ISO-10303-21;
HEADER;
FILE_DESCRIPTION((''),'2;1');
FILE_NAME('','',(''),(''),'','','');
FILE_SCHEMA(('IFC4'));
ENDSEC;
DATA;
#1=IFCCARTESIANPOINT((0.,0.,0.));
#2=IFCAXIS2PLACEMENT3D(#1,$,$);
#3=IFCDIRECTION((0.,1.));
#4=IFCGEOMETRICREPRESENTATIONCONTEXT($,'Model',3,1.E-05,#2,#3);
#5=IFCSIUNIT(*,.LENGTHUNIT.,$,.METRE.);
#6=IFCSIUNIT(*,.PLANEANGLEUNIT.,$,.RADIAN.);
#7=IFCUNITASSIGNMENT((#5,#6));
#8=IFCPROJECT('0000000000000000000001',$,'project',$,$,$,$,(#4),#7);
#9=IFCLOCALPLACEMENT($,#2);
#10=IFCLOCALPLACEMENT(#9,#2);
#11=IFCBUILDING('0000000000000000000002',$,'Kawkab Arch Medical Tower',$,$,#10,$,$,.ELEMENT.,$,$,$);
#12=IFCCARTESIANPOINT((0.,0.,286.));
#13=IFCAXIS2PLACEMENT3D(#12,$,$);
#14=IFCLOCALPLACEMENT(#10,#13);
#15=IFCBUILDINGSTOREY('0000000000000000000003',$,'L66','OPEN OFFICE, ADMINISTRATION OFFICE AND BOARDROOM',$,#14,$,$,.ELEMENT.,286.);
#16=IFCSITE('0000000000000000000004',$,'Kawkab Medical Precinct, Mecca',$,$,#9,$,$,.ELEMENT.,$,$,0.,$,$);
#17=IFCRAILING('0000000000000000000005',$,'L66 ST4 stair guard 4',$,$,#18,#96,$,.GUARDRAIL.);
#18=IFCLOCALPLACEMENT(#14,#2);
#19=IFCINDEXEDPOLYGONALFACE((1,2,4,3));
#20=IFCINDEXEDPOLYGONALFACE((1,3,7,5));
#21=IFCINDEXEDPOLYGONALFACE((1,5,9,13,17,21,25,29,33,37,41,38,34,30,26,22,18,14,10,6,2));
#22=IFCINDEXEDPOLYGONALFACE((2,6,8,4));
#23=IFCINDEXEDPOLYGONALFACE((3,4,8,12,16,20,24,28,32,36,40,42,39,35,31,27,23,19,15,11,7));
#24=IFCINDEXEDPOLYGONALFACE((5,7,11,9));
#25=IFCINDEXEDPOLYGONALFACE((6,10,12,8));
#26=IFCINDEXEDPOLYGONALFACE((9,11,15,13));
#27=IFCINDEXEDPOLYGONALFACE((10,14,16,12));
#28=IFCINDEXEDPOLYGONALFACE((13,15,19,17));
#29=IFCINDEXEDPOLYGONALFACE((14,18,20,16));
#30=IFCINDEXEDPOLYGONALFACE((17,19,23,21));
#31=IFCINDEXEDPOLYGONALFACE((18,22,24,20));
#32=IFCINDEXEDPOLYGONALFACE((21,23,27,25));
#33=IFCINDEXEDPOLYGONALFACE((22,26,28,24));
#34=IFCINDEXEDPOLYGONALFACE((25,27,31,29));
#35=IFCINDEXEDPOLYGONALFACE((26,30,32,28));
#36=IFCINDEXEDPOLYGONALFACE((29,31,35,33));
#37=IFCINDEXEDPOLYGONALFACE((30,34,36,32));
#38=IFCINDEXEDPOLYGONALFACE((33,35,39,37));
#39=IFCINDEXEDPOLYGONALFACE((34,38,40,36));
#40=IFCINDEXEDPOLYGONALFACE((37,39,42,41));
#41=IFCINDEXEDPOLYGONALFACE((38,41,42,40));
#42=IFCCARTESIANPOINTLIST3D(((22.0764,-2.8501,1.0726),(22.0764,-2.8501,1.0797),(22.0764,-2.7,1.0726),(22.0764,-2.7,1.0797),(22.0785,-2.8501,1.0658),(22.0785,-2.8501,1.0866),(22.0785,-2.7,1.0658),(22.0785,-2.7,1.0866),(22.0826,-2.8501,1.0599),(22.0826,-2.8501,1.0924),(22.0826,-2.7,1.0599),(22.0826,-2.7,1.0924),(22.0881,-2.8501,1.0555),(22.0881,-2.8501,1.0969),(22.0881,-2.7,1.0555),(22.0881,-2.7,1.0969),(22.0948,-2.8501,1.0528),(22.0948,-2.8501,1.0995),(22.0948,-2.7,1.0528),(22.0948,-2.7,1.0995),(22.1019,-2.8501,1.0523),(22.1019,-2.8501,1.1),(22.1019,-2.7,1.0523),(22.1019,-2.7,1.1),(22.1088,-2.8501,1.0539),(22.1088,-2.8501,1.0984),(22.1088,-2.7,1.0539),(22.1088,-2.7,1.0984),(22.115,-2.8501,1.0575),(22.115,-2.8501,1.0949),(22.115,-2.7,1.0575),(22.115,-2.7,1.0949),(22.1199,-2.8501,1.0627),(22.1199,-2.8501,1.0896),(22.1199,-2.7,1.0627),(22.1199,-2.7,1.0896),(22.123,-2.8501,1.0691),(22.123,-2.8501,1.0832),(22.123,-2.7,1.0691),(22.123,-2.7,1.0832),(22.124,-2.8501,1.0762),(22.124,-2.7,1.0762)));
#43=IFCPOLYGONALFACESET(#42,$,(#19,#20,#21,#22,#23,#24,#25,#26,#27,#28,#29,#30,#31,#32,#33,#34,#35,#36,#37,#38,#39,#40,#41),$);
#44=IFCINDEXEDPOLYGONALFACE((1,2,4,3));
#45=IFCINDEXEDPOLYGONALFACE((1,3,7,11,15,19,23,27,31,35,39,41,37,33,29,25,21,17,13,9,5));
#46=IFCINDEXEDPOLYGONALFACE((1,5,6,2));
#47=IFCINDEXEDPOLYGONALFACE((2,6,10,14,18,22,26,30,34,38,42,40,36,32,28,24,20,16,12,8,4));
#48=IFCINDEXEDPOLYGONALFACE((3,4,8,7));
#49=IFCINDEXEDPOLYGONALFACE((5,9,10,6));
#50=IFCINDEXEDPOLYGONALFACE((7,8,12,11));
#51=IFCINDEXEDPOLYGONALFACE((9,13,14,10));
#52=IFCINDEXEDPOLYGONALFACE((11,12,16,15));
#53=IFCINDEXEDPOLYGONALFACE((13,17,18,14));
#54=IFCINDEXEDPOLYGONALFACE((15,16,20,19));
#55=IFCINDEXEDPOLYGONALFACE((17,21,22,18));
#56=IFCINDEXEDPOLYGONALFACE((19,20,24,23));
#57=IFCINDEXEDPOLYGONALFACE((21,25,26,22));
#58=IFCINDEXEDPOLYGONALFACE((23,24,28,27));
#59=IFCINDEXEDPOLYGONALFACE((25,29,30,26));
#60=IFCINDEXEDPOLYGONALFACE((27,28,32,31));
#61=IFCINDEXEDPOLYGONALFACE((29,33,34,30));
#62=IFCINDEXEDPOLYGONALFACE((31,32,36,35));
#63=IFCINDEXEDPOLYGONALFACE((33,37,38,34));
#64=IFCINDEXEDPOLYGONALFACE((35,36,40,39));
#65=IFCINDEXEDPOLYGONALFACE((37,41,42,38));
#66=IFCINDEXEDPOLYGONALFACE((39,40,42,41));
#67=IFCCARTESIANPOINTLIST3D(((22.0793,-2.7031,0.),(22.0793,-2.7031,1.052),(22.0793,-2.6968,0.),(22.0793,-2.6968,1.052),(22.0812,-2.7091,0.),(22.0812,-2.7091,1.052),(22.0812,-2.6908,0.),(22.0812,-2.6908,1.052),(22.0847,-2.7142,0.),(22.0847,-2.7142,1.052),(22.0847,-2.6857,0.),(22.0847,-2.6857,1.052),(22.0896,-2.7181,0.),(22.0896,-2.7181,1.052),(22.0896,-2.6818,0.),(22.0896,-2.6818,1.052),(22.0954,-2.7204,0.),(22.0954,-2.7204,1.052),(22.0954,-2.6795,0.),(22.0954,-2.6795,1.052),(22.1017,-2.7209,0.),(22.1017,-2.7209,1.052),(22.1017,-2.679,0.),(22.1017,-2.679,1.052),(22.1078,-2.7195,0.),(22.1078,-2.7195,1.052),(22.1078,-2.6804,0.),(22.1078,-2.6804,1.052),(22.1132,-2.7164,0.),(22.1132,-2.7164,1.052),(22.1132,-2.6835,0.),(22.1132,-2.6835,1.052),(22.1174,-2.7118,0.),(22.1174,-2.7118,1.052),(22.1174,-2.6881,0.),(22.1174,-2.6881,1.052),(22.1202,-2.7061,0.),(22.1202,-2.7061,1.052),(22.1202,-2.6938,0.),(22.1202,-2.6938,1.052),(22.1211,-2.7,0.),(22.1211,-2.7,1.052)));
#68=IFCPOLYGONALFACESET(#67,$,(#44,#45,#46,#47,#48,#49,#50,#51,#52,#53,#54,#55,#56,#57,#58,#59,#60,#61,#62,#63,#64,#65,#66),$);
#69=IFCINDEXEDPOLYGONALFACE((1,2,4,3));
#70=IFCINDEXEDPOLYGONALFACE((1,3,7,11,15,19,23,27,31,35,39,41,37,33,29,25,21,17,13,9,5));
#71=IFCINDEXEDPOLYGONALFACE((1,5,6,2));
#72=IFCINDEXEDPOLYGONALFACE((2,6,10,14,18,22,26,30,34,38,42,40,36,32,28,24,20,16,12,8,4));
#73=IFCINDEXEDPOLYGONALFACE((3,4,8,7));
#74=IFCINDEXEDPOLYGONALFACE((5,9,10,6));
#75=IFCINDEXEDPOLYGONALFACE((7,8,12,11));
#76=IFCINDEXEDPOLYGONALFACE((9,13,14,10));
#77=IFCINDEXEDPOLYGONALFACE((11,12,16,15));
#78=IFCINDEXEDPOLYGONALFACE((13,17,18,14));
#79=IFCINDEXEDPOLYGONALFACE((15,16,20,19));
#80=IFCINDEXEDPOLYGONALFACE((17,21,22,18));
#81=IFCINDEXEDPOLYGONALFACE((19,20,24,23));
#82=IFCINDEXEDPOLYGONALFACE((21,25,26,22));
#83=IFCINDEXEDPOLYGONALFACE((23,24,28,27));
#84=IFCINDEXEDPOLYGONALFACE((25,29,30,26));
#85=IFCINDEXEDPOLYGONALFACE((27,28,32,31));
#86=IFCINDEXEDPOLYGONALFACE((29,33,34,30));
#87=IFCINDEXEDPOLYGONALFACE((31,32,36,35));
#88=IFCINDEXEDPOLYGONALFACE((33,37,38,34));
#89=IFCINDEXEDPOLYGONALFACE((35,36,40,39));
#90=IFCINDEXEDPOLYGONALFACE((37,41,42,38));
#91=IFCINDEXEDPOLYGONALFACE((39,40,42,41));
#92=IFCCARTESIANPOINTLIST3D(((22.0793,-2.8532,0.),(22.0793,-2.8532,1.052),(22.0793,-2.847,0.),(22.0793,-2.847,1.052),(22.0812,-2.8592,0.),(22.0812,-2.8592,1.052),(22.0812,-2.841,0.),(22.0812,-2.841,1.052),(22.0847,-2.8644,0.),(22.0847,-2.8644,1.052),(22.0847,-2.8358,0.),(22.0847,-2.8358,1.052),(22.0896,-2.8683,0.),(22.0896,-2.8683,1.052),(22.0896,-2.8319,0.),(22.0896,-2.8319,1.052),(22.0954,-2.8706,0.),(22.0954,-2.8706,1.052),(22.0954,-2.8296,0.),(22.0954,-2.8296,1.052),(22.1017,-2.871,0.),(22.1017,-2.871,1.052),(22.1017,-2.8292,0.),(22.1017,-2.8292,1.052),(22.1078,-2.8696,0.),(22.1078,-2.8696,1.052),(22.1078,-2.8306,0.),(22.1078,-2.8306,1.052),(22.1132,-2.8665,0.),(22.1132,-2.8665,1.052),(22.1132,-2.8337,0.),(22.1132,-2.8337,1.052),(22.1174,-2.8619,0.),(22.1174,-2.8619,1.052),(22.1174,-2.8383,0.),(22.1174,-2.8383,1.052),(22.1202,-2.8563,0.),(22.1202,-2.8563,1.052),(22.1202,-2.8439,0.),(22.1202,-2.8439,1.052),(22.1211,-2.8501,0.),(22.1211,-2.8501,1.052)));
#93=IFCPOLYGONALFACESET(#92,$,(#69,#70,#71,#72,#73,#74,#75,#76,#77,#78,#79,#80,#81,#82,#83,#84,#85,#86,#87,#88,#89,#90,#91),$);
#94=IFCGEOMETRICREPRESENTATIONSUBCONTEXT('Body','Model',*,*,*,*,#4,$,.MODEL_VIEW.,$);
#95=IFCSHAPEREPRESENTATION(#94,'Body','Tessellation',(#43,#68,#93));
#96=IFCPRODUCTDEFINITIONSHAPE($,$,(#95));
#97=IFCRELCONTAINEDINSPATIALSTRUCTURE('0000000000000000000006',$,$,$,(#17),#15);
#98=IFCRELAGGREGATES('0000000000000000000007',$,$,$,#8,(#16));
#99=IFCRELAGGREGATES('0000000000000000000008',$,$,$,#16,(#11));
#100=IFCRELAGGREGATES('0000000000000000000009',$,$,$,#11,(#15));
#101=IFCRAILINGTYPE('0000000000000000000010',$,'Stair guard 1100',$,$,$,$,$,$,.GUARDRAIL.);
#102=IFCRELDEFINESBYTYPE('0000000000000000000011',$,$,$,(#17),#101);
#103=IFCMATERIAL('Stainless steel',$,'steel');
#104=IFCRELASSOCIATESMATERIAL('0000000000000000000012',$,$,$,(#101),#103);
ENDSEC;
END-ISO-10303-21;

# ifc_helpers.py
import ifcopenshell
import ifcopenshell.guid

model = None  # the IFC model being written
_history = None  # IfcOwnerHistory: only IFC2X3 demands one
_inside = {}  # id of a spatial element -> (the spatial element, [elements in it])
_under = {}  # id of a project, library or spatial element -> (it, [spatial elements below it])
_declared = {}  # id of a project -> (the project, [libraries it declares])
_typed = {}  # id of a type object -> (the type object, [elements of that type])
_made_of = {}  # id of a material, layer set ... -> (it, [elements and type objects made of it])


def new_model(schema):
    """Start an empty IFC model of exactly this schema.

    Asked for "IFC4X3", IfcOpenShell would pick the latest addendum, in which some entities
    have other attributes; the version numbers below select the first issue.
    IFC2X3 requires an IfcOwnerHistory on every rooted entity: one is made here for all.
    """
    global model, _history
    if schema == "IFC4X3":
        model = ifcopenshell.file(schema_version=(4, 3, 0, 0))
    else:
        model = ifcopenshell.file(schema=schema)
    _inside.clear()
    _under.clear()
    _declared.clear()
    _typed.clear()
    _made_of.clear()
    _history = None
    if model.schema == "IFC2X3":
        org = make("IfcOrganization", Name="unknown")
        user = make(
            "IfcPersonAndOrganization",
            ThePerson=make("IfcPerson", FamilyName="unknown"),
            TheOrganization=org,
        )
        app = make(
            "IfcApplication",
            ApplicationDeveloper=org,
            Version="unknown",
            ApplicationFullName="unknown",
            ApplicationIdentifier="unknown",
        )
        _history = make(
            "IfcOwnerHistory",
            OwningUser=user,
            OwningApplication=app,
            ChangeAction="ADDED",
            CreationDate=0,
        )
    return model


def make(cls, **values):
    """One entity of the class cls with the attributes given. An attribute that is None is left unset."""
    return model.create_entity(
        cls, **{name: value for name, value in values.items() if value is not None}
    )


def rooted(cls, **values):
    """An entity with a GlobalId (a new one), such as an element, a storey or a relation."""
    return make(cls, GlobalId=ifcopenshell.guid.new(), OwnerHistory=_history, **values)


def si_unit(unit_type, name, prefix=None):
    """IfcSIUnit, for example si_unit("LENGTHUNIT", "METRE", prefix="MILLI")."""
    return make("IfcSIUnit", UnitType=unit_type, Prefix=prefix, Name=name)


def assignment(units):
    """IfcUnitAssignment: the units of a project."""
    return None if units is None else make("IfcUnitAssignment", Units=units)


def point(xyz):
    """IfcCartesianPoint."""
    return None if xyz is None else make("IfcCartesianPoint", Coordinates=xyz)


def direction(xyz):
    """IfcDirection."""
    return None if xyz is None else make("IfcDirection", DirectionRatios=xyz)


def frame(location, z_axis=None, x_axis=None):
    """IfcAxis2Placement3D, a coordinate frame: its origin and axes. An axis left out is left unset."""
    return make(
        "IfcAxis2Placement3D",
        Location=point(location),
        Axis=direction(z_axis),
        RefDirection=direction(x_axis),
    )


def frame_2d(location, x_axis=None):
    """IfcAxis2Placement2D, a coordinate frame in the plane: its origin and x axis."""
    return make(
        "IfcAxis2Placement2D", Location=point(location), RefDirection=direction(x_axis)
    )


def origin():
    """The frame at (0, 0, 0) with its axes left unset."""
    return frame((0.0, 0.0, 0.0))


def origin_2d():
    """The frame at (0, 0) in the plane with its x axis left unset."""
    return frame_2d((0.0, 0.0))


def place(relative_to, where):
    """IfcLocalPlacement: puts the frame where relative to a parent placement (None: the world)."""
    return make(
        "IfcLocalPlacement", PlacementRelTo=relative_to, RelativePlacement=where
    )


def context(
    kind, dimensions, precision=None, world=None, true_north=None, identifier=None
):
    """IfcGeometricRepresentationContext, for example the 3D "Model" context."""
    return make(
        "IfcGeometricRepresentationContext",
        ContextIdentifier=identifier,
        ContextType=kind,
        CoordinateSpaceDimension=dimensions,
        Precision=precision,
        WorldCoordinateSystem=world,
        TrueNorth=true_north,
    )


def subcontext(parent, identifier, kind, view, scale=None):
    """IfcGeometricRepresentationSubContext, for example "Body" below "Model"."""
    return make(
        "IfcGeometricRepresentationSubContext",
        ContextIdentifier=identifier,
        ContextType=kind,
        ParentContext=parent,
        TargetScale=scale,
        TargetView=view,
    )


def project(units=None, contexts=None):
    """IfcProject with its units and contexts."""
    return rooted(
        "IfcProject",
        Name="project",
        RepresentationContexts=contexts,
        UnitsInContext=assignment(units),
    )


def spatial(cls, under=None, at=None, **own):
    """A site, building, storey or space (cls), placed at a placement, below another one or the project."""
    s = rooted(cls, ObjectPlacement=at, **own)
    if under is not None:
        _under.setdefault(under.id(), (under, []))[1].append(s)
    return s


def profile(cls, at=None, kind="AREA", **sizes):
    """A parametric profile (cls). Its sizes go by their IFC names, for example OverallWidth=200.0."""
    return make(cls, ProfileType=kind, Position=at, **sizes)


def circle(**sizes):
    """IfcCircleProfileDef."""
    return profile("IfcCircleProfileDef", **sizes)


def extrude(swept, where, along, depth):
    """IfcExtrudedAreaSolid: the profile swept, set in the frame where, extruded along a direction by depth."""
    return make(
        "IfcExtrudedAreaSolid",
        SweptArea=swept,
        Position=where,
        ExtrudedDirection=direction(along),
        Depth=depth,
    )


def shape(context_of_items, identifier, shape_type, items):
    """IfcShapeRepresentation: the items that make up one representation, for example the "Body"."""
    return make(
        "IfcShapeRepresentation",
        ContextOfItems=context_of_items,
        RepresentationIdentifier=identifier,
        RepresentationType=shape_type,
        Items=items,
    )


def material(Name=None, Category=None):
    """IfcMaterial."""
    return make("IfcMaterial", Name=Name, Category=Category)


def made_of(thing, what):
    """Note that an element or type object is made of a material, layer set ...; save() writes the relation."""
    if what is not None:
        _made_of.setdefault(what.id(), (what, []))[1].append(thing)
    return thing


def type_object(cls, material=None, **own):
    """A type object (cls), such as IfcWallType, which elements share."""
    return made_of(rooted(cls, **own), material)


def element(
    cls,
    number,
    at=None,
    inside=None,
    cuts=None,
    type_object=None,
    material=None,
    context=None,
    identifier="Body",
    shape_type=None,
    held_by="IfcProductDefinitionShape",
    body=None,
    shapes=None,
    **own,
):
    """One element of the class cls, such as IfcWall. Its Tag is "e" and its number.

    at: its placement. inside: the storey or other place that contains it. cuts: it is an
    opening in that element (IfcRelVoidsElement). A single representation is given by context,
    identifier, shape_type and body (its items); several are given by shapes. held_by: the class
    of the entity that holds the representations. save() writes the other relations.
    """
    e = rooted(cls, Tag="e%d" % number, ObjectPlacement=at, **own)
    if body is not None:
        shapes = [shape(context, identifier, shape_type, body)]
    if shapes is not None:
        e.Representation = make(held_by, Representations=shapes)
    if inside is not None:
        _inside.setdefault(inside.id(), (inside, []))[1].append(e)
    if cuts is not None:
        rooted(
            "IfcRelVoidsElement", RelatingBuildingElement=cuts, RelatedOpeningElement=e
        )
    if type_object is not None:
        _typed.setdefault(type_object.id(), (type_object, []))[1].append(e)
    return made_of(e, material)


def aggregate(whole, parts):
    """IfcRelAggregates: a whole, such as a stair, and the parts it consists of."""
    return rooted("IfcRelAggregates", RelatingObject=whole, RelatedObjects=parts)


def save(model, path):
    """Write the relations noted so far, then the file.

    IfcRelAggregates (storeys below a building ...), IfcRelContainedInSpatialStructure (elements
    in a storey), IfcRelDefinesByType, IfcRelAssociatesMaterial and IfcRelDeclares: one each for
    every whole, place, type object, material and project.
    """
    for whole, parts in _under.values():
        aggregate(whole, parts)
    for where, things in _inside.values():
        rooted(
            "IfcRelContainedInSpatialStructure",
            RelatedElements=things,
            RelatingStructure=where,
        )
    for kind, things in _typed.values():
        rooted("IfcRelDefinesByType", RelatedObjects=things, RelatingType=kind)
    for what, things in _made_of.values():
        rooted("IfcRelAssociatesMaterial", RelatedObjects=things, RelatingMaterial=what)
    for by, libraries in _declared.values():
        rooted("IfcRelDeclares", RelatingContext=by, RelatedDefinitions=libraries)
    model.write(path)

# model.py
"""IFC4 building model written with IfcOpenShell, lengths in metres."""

from ifc_helpers import new_model, si_unit, direction, frame, origin, origin_2d, place, context, subcontext, project, spatial, circle, extrude, material, type_object, element, save


model = new_model("IFC4")

# Units and contexts
model_context = context("Model", 3, precision=1e-05, world=origin(), true_north=direction((0.0, 1.0)))
body_context = subcontext(model_context, "Body", "Model", "MODEL_VIEW")
ifc_project = project(units=[si_unit("LENGTHUNIT", "METRE"), si_unit("PLANEANGLEUNIT", "RADIAN")], contexts=[model_context])

# Site, building, storey
site_placement = place(None, origin())
site = spatial("IfcSite", under=ifc_project, at=site_placement, Name="Kawkab Medical Precinct, Mecca", CompositionType="ELEMENT", RefElevation=0.0)
building_placement = place(site_placement, origin())
building = spatial("IfcBuilding", under=site, at=building_placement, Name="Kawkab Arch Medical Tower", CompositionType="ELEMENT")
storey_placement = place(building_placement, frame((0.0, 0.0, 286.0)))
storey = spatial("IfcBuildingStorey", under=building, at=storey_placement, Name="L66", Description="OPEN OFFICE, ADMINISTRATION OFFICE AND BOARDROOM", CompositionType="ELEMENT", Elevation=286.0)

# Railing
ifc_material_1 = material(Name="Stainless steel", Category="steel")
railing_type_1 = type_object("IfcRailingType", Name="Stair guard 1100", PredefinedType="GUARDRAIL", material=ifc_material_1)
railing_1_placement = place(storey_placement, frame((22.1001, -2.7, 0.0)))
element("IfcRailing", 1, at=railing_1_placement, inside=storey, type_object=railing_type_1, Name="L66 ST4 stair guard 4", PredefinedType="GUARDRAIL", context=body_context, shape_type="SweptSolid", body=[
    extrude(circle(Radius=0.0239, at=origin_2d()), frame((0.0, 0.0, 1.0762), z_axis=(0.0, -1.0, 0.0), x_axis=(1.0, 0.0, 0.0)), (0.0, 0.0, 1.0), 0.1501),
    extrude(circle(Radius=0.021, at=origin_2d()), origin(), (0.0, 0.0, 1.0), 1.052),
    extrude(circle(Radius=0.021, at=origin_2d()), frame((0.0, -0.1501, 0.0)), (0.0, 0.0, 1.0), 1.052),
])

save(model, "model.ifc")
